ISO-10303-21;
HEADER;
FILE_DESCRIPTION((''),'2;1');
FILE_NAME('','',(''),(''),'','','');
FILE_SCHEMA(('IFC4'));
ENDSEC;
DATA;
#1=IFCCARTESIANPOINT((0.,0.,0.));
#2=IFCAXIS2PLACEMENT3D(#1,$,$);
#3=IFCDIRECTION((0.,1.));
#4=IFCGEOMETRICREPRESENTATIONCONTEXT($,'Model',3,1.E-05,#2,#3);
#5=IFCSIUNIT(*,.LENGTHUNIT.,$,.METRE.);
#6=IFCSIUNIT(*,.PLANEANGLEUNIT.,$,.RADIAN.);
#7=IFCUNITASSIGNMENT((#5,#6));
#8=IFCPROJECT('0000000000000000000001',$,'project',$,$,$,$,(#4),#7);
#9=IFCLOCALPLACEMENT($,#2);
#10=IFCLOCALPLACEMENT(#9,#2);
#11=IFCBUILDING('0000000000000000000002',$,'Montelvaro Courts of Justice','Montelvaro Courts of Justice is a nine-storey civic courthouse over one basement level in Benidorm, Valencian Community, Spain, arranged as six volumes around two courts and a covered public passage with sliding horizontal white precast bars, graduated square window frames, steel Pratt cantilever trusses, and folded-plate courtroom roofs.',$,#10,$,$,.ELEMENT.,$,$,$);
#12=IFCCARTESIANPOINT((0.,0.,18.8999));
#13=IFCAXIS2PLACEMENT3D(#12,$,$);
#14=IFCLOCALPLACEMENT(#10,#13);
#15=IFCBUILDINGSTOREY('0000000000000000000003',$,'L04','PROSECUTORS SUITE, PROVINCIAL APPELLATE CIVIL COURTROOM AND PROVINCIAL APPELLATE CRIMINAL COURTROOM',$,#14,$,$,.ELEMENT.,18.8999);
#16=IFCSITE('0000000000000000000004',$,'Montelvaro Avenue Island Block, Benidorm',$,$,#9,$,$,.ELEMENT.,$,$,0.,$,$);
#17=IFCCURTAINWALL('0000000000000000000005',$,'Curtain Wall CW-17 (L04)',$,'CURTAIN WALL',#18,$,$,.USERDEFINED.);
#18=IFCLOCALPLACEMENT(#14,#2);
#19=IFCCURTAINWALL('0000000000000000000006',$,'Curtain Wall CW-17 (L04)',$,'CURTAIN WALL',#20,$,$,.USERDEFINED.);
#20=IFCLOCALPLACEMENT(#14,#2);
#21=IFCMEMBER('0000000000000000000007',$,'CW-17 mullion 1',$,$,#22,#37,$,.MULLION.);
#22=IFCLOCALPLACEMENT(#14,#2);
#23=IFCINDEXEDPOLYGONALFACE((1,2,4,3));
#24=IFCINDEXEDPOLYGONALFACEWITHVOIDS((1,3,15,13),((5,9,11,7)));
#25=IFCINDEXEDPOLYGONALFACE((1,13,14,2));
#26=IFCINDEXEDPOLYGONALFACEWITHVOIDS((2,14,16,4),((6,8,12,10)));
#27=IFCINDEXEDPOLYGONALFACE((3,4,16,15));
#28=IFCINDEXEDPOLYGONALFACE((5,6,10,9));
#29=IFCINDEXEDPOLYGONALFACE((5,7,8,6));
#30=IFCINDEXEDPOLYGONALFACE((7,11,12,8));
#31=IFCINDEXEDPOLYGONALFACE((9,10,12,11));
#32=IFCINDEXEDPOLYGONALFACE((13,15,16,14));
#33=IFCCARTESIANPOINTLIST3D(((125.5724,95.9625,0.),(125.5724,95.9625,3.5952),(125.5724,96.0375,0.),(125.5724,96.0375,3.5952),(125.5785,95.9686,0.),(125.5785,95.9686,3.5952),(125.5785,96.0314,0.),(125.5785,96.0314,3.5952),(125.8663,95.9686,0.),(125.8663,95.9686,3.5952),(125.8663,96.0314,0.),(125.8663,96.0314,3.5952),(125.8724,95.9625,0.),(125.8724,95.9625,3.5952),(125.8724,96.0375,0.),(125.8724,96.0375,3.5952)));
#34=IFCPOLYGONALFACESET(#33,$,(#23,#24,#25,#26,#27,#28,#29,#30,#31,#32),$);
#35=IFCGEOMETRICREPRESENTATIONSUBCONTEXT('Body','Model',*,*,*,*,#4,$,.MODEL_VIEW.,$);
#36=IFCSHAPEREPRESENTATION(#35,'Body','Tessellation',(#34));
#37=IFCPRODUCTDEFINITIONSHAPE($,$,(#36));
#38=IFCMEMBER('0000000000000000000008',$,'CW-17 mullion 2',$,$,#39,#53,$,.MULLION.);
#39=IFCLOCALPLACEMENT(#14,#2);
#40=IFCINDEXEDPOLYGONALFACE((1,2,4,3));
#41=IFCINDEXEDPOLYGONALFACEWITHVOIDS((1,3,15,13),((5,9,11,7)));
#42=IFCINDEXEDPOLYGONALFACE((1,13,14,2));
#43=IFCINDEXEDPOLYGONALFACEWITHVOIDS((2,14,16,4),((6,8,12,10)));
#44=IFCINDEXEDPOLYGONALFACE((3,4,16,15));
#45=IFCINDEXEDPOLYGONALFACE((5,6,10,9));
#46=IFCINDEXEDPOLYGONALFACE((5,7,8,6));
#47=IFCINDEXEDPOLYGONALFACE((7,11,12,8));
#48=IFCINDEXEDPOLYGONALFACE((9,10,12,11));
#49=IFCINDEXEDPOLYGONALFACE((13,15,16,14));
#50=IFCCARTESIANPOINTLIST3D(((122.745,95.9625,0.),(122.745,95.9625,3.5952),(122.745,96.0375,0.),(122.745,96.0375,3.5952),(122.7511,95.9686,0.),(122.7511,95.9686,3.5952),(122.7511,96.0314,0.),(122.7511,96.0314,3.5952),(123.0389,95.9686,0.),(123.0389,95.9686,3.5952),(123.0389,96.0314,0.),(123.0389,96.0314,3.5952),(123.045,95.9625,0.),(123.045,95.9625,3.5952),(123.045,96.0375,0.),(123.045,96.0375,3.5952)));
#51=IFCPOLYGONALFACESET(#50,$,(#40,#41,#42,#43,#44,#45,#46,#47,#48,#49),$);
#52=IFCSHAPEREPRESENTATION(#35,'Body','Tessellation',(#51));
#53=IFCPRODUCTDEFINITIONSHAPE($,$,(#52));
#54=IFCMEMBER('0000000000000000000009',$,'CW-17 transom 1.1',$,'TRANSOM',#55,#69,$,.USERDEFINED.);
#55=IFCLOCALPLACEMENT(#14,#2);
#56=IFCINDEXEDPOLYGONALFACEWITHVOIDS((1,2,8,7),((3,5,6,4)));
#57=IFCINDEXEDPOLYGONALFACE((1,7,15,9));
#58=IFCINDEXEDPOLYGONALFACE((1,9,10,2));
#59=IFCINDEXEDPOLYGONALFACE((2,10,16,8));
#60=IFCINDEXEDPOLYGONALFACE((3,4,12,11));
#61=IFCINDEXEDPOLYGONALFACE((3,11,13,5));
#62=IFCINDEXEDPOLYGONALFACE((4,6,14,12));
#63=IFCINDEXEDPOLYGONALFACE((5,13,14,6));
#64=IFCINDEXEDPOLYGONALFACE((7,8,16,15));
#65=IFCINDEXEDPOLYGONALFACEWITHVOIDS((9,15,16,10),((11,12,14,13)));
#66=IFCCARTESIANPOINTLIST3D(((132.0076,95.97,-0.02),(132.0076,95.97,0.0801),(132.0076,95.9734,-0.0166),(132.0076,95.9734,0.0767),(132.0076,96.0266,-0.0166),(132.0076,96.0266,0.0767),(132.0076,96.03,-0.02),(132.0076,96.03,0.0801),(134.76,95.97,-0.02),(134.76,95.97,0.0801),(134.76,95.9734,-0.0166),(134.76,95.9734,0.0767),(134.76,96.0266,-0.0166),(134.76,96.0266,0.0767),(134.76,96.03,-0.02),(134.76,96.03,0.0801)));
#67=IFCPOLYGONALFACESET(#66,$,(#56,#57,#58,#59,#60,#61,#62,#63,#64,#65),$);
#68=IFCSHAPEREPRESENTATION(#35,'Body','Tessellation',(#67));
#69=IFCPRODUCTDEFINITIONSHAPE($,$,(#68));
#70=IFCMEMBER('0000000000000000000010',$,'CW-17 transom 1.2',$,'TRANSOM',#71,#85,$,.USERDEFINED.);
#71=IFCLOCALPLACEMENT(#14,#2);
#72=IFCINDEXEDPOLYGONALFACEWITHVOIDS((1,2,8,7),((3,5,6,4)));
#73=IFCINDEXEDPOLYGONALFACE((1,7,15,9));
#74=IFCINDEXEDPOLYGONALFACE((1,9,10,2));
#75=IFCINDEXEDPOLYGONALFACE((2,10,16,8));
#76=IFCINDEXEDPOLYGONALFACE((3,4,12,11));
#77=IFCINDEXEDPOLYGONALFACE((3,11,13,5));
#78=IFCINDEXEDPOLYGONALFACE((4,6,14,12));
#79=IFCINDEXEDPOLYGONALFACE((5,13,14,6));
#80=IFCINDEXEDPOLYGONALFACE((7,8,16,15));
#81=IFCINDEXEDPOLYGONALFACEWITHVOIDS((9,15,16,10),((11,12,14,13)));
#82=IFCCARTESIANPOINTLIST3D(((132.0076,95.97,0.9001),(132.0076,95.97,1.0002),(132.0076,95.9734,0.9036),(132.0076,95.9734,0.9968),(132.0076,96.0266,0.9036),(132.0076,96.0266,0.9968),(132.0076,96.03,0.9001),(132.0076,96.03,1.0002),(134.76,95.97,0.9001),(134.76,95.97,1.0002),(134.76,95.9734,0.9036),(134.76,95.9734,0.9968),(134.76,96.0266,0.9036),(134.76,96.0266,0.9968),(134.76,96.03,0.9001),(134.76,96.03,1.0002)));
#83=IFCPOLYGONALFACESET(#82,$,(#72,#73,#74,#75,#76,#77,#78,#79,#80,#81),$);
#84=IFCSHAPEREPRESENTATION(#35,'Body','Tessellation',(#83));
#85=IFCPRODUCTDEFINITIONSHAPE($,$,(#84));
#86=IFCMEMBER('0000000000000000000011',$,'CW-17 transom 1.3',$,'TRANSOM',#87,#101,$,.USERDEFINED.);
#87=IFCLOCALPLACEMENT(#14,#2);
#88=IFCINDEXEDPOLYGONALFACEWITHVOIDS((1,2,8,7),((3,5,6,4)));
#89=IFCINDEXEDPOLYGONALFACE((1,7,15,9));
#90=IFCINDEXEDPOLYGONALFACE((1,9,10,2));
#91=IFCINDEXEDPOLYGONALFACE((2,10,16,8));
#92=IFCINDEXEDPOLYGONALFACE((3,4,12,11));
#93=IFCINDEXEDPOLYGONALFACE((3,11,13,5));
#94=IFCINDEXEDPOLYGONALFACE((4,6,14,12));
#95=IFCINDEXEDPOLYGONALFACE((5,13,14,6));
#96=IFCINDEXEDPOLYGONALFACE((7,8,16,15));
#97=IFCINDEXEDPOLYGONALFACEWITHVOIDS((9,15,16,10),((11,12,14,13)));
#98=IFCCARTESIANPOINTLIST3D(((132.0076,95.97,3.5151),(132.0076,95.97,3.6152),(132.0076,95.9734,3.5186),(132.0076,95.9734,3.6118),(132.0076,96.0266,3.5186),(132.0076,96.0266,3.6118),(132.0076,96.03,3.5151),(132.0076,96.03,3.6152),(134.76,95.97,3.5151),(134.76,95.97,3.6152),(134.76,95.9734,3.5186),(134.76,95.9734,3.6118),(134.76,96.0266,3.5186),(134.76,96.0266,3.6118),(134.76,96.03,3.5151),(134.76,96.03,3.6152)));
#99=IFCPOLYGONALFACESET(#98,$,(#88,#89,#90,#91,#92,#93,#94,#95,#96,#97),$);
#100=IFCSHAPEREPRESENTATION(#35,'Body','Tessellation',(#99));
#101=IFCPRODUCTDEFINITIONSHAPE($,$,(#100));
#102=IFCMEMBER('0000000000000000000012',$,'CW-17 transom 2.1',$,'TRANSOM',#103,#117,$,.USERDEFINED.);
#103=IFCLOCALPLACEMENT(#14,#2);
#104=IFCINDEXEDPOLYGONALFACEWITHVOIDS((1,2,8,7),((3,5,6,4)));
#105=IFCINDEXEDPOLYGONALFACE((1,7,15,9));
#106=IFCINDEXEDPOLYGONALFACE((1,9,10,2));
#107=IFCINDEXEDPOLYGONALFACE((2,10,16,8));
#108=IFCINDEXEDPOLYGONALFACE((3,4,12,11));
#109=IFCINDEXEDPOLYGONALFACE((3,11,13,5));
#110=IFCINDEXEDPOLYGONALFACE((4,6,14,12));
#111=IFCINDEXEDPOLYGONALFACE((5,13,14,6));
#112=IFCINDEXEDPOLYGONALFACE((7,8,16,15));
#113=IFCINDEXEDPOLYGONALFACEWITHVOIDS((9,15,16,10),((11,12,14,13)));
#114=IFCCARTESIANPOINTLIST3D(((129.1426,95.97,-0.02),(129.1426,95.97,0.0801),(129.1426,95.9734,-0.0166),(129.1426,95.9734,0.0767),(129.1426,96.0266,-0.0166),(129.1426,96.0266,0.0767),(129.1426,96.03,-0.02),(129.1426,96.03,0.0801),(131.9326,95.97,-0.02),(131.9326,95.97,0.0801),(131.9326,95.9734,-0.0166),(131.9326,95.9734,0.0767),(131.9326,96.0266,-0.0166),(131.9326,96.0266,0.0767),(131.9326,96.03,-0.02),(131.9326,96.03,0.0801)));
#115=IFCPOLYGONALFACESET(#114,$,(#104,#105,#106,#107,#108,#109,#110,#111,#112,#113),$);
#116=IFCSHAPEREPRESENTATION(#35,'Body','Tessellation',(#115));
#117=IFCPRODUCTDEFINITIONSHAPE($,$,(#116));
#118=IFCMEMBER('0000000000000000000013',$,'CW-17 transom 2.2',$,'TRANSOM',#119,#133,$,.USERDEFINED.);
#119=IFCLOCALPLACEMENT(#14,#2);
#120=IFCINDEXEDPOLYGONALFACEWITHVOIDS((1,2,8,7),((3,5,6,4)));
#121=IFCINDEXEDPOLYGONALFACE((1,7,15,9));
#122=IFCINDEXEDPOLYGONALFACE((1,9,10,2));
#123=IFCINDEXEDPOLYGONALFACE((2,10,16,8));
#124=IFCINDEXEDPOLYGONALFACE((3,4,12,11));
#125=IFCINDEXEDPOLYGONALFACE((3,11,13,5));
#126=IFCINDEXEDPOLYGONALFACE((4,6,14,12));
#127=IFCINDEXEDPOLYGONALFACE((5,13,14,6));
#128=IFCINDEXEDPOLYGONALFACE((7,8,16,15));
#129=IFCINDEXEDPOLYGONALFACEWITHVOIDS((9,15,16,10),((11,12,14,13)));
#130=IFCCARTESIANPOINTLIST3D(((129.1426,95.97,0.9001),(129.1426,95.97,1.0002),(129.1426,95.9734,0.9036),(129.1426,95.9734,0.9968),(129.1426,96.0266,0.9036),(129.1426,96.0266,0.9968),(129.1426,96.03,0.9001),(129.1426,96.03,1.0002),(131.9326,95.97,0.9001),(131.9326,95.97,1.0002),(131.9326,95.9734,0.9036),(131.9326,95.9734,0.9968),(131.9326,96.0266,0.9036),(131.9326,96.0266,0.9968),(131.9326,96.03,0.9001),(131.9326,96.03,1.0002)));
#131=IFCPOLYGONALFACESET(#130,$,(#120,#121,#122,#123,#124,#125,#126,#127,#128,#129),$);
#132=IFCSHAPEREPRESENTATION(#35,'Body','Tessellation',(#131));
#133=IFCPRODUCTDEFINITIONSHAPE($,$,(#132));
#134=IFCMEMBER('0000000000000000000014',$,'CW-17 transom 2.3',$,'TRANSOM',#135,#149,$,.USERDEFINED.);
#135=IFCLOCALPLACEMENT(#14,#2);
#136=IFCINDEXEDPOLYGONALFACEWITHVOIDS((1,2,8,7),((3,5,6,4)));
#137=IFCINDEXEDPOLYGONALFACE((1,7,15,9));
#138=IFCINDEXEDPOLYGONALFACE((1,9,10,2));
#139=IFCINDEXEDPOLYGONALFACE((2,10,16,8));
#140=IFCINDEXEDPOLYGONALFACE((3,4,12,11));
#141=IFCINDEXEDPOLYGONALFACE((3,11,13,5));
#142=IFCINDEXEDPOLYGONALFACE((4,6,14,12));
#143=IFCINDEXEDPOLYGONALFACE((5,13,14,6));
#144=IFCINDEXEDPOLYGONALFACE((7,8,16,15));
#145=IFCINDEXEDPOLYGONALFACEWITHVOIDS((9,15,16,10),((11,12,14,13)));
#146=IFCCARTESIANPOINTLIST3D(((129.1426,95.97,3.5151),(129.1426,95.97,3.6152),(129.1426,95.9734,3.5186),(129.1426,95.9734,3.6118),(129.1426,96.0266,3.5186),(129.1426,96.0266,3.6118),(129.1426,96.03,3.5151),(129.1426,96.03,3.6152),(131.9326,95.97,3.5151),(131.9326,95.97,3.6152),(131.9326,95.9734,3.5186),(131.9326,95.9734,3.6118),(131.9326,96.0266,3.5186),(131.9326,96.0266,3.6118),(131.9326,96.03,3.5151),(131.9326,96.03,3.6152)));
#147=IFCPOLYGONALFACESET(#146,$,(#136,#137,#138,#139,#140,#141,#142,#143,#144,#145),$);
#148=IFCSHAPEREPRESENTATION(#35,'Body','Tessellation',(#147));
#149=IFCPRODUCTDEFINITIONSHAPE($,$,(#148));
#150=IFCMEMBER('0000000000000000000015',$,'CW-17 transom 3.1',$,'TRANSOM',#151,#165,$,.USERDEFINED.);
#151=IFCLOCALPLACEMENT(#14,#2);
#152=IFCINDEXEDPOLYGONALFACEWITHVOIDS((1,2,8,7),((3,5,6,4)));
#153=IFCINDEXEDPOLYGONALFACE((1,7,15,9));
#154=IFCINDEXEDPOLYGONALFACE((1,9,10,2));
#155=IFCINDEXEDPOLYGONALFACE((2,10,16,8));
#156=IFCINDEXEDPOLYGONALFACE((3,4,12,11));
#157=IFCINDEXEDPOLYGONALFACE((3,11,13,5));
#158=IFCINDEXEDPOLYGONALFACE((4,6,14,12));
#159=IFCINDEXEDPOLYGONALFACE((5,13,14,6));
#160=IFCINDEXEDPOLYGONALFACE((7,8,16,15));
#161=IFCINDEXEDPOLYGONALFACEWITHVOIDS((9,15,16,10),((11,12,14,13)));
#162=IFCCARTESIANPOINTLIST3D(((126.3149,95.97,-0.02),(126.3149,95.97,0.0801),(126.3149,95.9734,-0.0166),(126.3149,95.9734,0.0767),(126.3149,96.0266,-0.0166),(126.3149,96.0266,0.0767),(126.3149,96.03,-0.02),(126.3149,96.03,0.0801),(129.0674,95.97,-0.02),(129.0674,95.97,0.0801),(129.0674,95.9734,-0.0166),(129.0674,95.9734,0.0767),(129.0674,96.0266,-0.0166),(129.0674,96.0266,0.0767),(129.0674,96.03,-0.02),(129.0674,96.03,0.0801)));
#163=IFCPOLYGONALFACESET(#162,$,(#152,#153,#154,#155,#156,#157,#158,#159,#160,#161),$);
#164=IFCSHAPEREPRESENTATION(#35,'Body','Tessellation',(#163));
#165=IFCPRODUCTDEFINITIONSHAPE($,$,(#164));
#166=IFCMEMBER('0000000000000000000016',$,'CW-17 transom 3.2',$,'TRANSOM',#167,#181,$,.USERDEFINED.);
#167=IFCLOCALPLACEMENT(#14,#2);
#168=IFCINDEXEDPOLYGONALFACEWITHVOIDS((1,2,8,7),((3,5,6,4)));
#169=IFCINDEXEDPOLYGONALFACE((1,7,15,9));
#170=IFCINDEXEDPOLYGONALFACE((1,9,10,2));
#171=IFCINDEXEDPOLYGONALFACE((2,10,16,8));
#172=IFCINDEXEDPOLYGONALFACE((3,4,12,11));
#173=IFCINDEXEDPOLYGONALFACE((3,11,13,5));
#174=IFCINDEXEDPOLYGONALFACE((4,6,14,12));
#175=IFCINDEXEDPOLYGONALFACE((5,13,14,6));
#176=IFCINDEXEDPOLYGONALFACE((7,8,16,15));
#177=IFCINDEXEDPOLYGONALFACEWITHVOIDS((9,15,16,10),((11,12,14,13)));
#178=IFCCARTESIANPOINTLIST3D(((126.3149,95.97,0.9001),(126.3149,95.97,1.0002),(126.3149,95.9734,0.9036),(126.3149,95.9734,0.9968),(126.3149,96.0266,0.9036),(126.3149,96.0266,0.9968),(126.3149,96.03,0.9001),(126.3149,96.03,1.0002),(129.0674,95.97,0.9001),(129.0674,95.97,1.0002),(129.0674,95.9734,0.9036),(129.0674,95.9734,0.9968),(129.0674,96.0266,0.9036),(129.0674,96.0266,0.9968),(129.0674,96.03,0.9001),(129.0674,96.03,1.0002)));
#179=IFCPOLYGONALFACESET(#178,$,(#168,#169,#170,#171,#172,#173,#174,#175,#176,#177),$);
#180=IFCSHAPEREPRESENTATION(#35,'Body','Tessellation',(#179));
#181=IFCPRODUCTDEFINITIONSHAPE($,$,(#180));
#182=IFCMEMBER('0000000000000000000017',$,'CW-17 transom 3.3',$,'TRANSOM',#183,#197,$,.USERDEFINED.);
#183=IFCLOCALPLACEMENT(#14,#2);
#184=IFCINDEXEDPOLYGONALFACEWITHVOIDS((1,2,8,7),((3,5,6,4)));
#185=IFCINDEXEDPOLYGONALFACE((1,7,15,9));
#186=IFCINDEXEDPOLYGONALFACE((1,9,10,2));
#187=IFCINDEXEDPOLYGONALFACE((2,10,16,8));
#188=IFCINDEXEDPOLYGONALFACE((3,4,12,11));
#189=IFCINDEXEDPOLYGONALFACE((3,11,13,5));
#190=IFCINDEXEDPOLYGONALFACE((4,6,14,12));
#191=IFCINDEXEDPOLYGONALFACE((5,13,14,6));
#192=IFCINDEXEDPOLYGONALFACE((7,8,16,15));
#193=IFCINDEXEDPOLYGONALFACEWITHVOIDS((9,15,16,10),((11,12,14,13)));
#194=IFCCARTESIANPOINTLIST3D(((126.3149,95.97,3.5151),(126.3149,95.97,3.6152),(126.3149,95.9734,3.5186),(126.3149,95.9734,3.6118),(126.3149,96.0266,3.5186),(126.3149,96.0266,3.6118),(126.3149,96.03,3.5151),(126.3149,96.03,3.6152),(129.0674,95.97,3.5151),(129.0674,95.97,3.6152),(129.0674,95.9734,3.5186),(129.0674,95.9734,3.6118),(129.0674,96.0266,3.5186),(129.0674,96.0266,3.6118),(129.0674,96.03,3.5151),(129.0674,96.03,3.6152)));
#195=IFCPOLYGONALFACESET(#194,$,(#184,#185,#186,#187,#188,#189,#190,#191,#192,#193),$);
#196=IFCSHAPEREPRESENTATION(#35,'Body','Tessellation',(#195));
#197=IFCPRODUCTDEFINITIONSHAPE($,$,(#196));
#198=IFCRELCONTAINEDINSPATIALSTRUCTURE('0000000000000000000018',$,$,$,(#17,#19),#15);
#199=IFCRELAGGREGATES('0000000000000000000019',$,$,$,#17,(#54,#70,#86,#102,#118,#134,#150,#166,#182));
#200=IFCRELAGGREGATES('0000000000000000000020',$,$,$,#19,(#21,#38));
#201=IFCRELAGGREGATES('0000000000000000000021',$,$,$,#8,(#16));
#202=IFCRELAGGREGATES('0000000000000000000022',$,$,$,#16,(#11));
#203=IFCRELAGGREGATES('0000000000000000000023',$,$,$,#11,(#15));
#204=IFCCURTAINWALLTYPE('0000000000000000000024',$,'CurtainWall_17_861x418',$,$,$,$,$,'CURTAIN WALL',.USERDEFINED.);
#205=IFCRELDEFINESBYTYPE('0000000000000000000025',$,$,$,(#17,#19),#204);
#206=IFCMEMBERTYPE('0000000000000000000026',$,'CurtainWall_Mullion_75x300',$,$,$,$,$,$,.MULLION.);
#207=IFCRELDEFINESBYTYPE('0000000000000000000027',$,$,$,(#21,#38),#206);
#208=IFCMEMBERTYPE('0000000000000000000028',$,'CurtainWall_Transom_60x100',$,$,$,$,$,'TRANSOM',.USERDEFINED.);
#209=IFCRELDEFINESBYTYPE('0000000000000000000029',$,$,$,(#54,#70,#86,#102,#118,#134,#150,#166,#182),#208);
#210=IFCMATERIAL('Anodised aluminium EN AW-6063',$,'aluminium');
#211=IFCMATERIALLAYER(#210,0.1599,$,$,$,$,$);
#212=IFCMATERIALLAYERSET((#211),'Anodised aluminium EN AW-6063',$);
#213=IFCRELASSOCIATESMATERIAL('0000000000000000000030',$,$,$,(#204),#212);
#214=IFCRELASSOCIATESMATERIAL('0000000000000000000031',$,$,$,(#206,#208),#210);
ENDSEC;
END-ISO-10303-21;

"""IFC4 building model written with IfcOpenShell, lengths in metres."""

from ifc_helpers import new_model, si_unit, direction, frame, origin, origin_2d, place, context, subcontext, project, spatial, hollow_rectangle, extrude, material, layer, layer_set, material_profile, profile_set, type_object, element, aggregate, save


model = new_model("IFC4")

# Units and contexts
model_context = context("Model", 3, precision=1e-05, world=origin(), true_north=direction((0.0, 1.0)))
body_context = subcontext(model_context, "Body", "Model", "MODEL_VIEW")
ifc_project = project(units=[si_unit("LENGTHUNIT", "METRE"), si_unit("PLANEANGLEUNIT", "RADIAN")], contexts=[model_context])

# Site, building, storey
site_placement = place(None, origin())
site = spatial("IfcSite", under=ifc_project, at=site_placement, Name="Montelvaro Avenue Island Block, Benidorm", CompositionType="ELEMENT", RefElevation=0.0)
building_placement = place(site_placement, origin())
building = spatial("IfcBuilding", under=site, at=building_placement, Name="Montelvaro Courts of Justice", Description="Montelvaro Courts of Justice is a nine-storey civic courthouse over one basement level in Benidorm, Valencian Community, Spain, arranged as six volumes around two courts and a covered public passage with sliding horizontal white precast bars, graduated square window frames, steel Pratt cantilever trusses, and folded-plate courtroom roofs.", CompositionType="ELEMENT")
storey_placement = place(building_placement, frame((0.0, 0.0, 18.8999)))
storey = spatial("IfcBuildingStorey", under=building, at=storey_placement, Name="L04", Description="PROSECUTORS SUITE, PROVINCIAL APPELLATE CIVIL COURTROOM AND PROVINCIAL APPELLATE CRIMINAL COURTROOM", CompositionType="ELEMENT", Elevation=18.8999)

# Shared definitions
ifc_material_1 = material(Name="Anodised aluminium EN AW-6063", Category="aluminium")

# Curtain walls, members
ifc_layer_1 = layer(ifc_material_1, 0.1599)
ifc_layer_set_1 = layer_set([ifc_layer_1], Name="Anodised aluminium EN AW-6063")
curtain_wall_type_1 = type_object("IfcCurtainWallType", Name="CurtainWall_17_861x418", ElementType="CURTAIN WALL", PredefinedType="USERDEFINED", material=ifc_layer_set_1)
curtain_wall_1_placement = place(storey_placement, origin())
curtain_wall_1 = element("IfcCurtainWall", 1, at=curtain_wall_1_placement, inside=storey, type_object=curtain_wall_type_1, Name="Curtain Wall CW-17 (L04)", ObjectType="CURTAIN WALL", PredefinedType="USERDEFINED")
curtain_wall_2_placement = place(storey_placement, origin())
curtain_wall_2 = element("IfcCurtainWall", 2, at=curtain_wall_2_placement, inside=storey, type_object=curtain_wall_type_1, Name="Curtain Wall CW-17 (L04)", ObjectType="CURTAIN WALL", PredefinedType="USERDEFINED")
ifc_material_profile_1 = material_profile(ifc_material_1, hollow_rectangle(XDim=0.075, YDim=0.3, WallThickness=0.0061, at=origin_2d()), Name="ALU-M 75x300")
ifc_profile_set_1 = profile_set([ifc_material_profile_1], Name="Anodised aluminium EN AW-6063")
member_type_1 = type_object("IfcMemberType", Name="CurtainWall_Mullion_75x300", PredefinedType="MULLION", material=ifc_profile_set_1)
member_1_placement = place(storey_placement, frame((125.7224, 96.0, 0.0), z_axis=(0.0, 0.0, 1.0), x_axis=(0.0, -1.0, 0.0)))
member_1 = element("IfcMember", 3, at=member_1_placement, type_object=member_type_1, Name="CW-17 mullion 1", PredefinedType="MULLION", context=body_context, shape_type="SweptSolid", body=[
    extrude(hollow_rectangle(XDim=0.075, YDim=0.3, WallThickness=0.0061, at=origin_2d()), origin(), (0.0, 0.0, 1.0), 3.5952),
])
member_2_placement = place(storey_placement, frame((122.895, 96.0, 0.0), z_axis=(0.0, 0.0, 1.0), x_axis=(0.0, -1.0, 0.0)))
member_2 = element("IfcMember", 4, at=member_2_placement, type_object=member_type_1, Name="CW-17 mullion 2", PredefinedType="MULLION", context=body_context, shape_type="SweptSolid", body=[
    extrude(hollow_rectangle(XDim=0.075, YDim=0.3, WallThickness=0.0061, at=origin_2d()), origin(), (0.0, 0.0, 1.0), 3.5952),
])

# Members
ifc_material_profile_2 = material_profile(ifc_material_1, hollow_rectangle(XDim=0.0601, YDim=0.1001, WallThickness=0.0034, at=origin_2d()), Name="ALU-T 60x100")
ifc_profile_set_2 = profile_set([ifc_material_profile_2], Name="Anodised aluminium EN AW-6063")
member_type_2 = type_object("IfcMemberType", Name="CurtainWall_Transom_60x100", ElementType="TRANSOM", PredefinedType="USERDEFINED", material=ifc_profile_set_2)
member_3_placement = place(storey_placement, frame((134.76, 96.0, 0.03), z_axis=(-1.0, 0.0, 0.0), x_axis=(0.0, -1.0, 0.0)))
member_3 = element("IfcMember", 5, at=member_3_placement, type_object=member_type_2, Name="CW-17 transom 1.1", ObjectType="TRANSOM", PredefinedType="USERDEFINED", context=body_context, shape_type="SweptSolid", body=[
    extrude(hollow_rectangle(XDim=0.0601, YDim=0.1001, WallThickness=0.0034, at=origin_2d()), origin(), (0.0, 0.0, 1.0), 2.7524),
])
member_4_placement = place(storey_placement, frame((134.76, 96.0, 0.9502), z_axis=(-1.0, 0.0, 0.0), x_axis=(0.0, -1.0, 0.0)))
member_4 = element("IfcMember", 6, at=member_4_placement, type_object=member_type_2, Name="CW-17 transom 1.2", ObjectType="TRANSOM", PredefinedType="USERDEFINED", context=body_context, shape_type="SweptSolid", body=[
    extrude(hollow_rectangle(XDim=0.0601, YDim=0.1001, WallThickness=0.0034, at=origin_2d()), origin(), (0.0, 0.0, 1.0), 2.7524),
])
member_5_placement = place(storey_placement, frame((134.76, 96.0, 3.5652), z_axis=(-1.0, 0.0, 0.0), x_axis=(0.0, -1.0, 0.0)))
member_5 = element("IfcMember", 7, at=member_5_placement, type_object=member_type_2, Name="CW-17 transom 1.3", ObjectType="TRANSOM", PredefinedType="USERDEFINED", context=body_context, shape_type="SweptSolid", body=[
    extrude(hollow_rectangle(XDim=0.0601, YDim=0.1001, WallThickness=0.0034, at=origin_2d()), origin(), (0.0, 0.0, 1.0), 2.7524),
])
member_6_placement = place(storey_placement, frame((131.9326, 96.0, 0.03), z_axis=(-1.0, 0.0, 0.0), x_axis=(0.0, -1.0, 0.0)))
member_6 = element("IfcMember", 8, at=member_6_placement, type_object=member_type_2, Name="CW-17 transom 2.1", ObjectType="TRANSOM", PredefinedType="USERDEFINED", context=body_context, shape_type="SweptSolid", body=[
    extrude(hollow_rectangle(XDim=0.0601, YDim=0.1001, WallThickness=0.0034, at=origin_2d()), origin(), (0.0, 0.0, 1.0), 2.79),
])
member_7_placement = place(storey_placement, frame((131.9326, 96.0, 0.9502), z_axis=(-1.0, 0.0, 0.0), x_axis=(0.0, -1.0, 0.0)))
member_7 = element("IfcMember", 9, at=member_7_placement, type_object=member_type_2, Name="CW-17 transom 2.2", ObjectType="TRANSOM", PredefinedType="USERDEFINED", context=body_context, shape_type="SweptSolid", body=[
    extrude(hollow_rectangle(XDim=0.0601, YDim=0.1001, WallThickness=0.0034, at=origin_2d()), origin(), (0.0, 0.0, 1.0), 2.79),
])
member_8_placement = place(storey_placement, frame((131.9326, 96.0, 3.5652), z_axis=(-1.0, 0.0, 0.0), x_axis=(0.0, -1.0, 0.0)))
member_8 = element("IfcMember", 10, at=member_8_placement, type_object=member_type_2, Name="CW-17 transom 2.3", ObjectType="TRANSOM", PredefinedType="USERDEFINED", context=body_context, shape_type="SweptSolid", body=[
    extrude(hollow_rectangle(XDim=0.0601, YDim=0.1001, WallThickness=0.0034, at=origin_2d()), origin(), (0.0, 0.0, 1.0), 2.79),
])
member_9_placement = place(storey_placement, frame((129.0674, 96.0, 0.03), z_axis=(-1.0, 0.0, 0.0), x_axis=(0.0, -1.0, 0.0)))
member_9 = element("IfcMember", 11, at=member_9_placement, type_object=member_type_2, Name="CW-17 transom 3.1", ObjectType="TRANSOM", PredefinedType="USERDEFINED", context=body_context, shape_type="SweptSolid", body=[
    extrude(hollow_rectangle(XDim=0.0601, YDim=0.1001, WallThickness=0.0034, at=origin_2d()), origin(), (0.0, 0.0, 1.0), 2.7524),
])
member_10_placement = place(storey_placement, frame((129.0674, 96.0, 0.9502), z_axis=(-1.0, 0.0, 0.0), x_axis=(0.0, -1.0, 0.0)))
member_10 = element("IfcMember", 12, at=member_10_placement, type_object=member_type_2, Name="CW-17 transom 3.2", ObjectType="TRANSOM", PredefinedType="USERDEFINED", context=body_context, shape_type="SweptSolid", body=[
    extrude(hollow_rectangle(XDim=0.0601, YDim=0.1001, WallThickness=0.0034, at=origin_2d()), origin(), (0.0, 0.0, 1.0), 2.7524),
])
member_11_placement = place(storey_placement, frame((129.0674, 96.0, 3.5652), z_axis=(-1.0, 0.0, 0.0), x_axis=(0.0, -1.0, 0.0)))
member_11 = element("IfcMember", 13, at=member_11_placement, type_object=member_type_2, Name="CW-17 transom 3.3", ObjectType="TRANSOM", PredefinedType="USERDEFINED", context=body_context, shape_type="SweptSolid", body=[
    extrude(hollow_rectangle(XDim=0.0601, YDim=0.1001, WallThickness=0.0034, at=origin_2d()), origin(), (0.0, 0.0, 1.0), 2.7524),
])

aggregate(curtain_wall_1, [member_3, member_4, member_5, member_6, member_7, member_8, member_9, member_10, member_11])
aggregate(curtain_wall_2, [member_1, member_2])

save(model, "model.ifc")
